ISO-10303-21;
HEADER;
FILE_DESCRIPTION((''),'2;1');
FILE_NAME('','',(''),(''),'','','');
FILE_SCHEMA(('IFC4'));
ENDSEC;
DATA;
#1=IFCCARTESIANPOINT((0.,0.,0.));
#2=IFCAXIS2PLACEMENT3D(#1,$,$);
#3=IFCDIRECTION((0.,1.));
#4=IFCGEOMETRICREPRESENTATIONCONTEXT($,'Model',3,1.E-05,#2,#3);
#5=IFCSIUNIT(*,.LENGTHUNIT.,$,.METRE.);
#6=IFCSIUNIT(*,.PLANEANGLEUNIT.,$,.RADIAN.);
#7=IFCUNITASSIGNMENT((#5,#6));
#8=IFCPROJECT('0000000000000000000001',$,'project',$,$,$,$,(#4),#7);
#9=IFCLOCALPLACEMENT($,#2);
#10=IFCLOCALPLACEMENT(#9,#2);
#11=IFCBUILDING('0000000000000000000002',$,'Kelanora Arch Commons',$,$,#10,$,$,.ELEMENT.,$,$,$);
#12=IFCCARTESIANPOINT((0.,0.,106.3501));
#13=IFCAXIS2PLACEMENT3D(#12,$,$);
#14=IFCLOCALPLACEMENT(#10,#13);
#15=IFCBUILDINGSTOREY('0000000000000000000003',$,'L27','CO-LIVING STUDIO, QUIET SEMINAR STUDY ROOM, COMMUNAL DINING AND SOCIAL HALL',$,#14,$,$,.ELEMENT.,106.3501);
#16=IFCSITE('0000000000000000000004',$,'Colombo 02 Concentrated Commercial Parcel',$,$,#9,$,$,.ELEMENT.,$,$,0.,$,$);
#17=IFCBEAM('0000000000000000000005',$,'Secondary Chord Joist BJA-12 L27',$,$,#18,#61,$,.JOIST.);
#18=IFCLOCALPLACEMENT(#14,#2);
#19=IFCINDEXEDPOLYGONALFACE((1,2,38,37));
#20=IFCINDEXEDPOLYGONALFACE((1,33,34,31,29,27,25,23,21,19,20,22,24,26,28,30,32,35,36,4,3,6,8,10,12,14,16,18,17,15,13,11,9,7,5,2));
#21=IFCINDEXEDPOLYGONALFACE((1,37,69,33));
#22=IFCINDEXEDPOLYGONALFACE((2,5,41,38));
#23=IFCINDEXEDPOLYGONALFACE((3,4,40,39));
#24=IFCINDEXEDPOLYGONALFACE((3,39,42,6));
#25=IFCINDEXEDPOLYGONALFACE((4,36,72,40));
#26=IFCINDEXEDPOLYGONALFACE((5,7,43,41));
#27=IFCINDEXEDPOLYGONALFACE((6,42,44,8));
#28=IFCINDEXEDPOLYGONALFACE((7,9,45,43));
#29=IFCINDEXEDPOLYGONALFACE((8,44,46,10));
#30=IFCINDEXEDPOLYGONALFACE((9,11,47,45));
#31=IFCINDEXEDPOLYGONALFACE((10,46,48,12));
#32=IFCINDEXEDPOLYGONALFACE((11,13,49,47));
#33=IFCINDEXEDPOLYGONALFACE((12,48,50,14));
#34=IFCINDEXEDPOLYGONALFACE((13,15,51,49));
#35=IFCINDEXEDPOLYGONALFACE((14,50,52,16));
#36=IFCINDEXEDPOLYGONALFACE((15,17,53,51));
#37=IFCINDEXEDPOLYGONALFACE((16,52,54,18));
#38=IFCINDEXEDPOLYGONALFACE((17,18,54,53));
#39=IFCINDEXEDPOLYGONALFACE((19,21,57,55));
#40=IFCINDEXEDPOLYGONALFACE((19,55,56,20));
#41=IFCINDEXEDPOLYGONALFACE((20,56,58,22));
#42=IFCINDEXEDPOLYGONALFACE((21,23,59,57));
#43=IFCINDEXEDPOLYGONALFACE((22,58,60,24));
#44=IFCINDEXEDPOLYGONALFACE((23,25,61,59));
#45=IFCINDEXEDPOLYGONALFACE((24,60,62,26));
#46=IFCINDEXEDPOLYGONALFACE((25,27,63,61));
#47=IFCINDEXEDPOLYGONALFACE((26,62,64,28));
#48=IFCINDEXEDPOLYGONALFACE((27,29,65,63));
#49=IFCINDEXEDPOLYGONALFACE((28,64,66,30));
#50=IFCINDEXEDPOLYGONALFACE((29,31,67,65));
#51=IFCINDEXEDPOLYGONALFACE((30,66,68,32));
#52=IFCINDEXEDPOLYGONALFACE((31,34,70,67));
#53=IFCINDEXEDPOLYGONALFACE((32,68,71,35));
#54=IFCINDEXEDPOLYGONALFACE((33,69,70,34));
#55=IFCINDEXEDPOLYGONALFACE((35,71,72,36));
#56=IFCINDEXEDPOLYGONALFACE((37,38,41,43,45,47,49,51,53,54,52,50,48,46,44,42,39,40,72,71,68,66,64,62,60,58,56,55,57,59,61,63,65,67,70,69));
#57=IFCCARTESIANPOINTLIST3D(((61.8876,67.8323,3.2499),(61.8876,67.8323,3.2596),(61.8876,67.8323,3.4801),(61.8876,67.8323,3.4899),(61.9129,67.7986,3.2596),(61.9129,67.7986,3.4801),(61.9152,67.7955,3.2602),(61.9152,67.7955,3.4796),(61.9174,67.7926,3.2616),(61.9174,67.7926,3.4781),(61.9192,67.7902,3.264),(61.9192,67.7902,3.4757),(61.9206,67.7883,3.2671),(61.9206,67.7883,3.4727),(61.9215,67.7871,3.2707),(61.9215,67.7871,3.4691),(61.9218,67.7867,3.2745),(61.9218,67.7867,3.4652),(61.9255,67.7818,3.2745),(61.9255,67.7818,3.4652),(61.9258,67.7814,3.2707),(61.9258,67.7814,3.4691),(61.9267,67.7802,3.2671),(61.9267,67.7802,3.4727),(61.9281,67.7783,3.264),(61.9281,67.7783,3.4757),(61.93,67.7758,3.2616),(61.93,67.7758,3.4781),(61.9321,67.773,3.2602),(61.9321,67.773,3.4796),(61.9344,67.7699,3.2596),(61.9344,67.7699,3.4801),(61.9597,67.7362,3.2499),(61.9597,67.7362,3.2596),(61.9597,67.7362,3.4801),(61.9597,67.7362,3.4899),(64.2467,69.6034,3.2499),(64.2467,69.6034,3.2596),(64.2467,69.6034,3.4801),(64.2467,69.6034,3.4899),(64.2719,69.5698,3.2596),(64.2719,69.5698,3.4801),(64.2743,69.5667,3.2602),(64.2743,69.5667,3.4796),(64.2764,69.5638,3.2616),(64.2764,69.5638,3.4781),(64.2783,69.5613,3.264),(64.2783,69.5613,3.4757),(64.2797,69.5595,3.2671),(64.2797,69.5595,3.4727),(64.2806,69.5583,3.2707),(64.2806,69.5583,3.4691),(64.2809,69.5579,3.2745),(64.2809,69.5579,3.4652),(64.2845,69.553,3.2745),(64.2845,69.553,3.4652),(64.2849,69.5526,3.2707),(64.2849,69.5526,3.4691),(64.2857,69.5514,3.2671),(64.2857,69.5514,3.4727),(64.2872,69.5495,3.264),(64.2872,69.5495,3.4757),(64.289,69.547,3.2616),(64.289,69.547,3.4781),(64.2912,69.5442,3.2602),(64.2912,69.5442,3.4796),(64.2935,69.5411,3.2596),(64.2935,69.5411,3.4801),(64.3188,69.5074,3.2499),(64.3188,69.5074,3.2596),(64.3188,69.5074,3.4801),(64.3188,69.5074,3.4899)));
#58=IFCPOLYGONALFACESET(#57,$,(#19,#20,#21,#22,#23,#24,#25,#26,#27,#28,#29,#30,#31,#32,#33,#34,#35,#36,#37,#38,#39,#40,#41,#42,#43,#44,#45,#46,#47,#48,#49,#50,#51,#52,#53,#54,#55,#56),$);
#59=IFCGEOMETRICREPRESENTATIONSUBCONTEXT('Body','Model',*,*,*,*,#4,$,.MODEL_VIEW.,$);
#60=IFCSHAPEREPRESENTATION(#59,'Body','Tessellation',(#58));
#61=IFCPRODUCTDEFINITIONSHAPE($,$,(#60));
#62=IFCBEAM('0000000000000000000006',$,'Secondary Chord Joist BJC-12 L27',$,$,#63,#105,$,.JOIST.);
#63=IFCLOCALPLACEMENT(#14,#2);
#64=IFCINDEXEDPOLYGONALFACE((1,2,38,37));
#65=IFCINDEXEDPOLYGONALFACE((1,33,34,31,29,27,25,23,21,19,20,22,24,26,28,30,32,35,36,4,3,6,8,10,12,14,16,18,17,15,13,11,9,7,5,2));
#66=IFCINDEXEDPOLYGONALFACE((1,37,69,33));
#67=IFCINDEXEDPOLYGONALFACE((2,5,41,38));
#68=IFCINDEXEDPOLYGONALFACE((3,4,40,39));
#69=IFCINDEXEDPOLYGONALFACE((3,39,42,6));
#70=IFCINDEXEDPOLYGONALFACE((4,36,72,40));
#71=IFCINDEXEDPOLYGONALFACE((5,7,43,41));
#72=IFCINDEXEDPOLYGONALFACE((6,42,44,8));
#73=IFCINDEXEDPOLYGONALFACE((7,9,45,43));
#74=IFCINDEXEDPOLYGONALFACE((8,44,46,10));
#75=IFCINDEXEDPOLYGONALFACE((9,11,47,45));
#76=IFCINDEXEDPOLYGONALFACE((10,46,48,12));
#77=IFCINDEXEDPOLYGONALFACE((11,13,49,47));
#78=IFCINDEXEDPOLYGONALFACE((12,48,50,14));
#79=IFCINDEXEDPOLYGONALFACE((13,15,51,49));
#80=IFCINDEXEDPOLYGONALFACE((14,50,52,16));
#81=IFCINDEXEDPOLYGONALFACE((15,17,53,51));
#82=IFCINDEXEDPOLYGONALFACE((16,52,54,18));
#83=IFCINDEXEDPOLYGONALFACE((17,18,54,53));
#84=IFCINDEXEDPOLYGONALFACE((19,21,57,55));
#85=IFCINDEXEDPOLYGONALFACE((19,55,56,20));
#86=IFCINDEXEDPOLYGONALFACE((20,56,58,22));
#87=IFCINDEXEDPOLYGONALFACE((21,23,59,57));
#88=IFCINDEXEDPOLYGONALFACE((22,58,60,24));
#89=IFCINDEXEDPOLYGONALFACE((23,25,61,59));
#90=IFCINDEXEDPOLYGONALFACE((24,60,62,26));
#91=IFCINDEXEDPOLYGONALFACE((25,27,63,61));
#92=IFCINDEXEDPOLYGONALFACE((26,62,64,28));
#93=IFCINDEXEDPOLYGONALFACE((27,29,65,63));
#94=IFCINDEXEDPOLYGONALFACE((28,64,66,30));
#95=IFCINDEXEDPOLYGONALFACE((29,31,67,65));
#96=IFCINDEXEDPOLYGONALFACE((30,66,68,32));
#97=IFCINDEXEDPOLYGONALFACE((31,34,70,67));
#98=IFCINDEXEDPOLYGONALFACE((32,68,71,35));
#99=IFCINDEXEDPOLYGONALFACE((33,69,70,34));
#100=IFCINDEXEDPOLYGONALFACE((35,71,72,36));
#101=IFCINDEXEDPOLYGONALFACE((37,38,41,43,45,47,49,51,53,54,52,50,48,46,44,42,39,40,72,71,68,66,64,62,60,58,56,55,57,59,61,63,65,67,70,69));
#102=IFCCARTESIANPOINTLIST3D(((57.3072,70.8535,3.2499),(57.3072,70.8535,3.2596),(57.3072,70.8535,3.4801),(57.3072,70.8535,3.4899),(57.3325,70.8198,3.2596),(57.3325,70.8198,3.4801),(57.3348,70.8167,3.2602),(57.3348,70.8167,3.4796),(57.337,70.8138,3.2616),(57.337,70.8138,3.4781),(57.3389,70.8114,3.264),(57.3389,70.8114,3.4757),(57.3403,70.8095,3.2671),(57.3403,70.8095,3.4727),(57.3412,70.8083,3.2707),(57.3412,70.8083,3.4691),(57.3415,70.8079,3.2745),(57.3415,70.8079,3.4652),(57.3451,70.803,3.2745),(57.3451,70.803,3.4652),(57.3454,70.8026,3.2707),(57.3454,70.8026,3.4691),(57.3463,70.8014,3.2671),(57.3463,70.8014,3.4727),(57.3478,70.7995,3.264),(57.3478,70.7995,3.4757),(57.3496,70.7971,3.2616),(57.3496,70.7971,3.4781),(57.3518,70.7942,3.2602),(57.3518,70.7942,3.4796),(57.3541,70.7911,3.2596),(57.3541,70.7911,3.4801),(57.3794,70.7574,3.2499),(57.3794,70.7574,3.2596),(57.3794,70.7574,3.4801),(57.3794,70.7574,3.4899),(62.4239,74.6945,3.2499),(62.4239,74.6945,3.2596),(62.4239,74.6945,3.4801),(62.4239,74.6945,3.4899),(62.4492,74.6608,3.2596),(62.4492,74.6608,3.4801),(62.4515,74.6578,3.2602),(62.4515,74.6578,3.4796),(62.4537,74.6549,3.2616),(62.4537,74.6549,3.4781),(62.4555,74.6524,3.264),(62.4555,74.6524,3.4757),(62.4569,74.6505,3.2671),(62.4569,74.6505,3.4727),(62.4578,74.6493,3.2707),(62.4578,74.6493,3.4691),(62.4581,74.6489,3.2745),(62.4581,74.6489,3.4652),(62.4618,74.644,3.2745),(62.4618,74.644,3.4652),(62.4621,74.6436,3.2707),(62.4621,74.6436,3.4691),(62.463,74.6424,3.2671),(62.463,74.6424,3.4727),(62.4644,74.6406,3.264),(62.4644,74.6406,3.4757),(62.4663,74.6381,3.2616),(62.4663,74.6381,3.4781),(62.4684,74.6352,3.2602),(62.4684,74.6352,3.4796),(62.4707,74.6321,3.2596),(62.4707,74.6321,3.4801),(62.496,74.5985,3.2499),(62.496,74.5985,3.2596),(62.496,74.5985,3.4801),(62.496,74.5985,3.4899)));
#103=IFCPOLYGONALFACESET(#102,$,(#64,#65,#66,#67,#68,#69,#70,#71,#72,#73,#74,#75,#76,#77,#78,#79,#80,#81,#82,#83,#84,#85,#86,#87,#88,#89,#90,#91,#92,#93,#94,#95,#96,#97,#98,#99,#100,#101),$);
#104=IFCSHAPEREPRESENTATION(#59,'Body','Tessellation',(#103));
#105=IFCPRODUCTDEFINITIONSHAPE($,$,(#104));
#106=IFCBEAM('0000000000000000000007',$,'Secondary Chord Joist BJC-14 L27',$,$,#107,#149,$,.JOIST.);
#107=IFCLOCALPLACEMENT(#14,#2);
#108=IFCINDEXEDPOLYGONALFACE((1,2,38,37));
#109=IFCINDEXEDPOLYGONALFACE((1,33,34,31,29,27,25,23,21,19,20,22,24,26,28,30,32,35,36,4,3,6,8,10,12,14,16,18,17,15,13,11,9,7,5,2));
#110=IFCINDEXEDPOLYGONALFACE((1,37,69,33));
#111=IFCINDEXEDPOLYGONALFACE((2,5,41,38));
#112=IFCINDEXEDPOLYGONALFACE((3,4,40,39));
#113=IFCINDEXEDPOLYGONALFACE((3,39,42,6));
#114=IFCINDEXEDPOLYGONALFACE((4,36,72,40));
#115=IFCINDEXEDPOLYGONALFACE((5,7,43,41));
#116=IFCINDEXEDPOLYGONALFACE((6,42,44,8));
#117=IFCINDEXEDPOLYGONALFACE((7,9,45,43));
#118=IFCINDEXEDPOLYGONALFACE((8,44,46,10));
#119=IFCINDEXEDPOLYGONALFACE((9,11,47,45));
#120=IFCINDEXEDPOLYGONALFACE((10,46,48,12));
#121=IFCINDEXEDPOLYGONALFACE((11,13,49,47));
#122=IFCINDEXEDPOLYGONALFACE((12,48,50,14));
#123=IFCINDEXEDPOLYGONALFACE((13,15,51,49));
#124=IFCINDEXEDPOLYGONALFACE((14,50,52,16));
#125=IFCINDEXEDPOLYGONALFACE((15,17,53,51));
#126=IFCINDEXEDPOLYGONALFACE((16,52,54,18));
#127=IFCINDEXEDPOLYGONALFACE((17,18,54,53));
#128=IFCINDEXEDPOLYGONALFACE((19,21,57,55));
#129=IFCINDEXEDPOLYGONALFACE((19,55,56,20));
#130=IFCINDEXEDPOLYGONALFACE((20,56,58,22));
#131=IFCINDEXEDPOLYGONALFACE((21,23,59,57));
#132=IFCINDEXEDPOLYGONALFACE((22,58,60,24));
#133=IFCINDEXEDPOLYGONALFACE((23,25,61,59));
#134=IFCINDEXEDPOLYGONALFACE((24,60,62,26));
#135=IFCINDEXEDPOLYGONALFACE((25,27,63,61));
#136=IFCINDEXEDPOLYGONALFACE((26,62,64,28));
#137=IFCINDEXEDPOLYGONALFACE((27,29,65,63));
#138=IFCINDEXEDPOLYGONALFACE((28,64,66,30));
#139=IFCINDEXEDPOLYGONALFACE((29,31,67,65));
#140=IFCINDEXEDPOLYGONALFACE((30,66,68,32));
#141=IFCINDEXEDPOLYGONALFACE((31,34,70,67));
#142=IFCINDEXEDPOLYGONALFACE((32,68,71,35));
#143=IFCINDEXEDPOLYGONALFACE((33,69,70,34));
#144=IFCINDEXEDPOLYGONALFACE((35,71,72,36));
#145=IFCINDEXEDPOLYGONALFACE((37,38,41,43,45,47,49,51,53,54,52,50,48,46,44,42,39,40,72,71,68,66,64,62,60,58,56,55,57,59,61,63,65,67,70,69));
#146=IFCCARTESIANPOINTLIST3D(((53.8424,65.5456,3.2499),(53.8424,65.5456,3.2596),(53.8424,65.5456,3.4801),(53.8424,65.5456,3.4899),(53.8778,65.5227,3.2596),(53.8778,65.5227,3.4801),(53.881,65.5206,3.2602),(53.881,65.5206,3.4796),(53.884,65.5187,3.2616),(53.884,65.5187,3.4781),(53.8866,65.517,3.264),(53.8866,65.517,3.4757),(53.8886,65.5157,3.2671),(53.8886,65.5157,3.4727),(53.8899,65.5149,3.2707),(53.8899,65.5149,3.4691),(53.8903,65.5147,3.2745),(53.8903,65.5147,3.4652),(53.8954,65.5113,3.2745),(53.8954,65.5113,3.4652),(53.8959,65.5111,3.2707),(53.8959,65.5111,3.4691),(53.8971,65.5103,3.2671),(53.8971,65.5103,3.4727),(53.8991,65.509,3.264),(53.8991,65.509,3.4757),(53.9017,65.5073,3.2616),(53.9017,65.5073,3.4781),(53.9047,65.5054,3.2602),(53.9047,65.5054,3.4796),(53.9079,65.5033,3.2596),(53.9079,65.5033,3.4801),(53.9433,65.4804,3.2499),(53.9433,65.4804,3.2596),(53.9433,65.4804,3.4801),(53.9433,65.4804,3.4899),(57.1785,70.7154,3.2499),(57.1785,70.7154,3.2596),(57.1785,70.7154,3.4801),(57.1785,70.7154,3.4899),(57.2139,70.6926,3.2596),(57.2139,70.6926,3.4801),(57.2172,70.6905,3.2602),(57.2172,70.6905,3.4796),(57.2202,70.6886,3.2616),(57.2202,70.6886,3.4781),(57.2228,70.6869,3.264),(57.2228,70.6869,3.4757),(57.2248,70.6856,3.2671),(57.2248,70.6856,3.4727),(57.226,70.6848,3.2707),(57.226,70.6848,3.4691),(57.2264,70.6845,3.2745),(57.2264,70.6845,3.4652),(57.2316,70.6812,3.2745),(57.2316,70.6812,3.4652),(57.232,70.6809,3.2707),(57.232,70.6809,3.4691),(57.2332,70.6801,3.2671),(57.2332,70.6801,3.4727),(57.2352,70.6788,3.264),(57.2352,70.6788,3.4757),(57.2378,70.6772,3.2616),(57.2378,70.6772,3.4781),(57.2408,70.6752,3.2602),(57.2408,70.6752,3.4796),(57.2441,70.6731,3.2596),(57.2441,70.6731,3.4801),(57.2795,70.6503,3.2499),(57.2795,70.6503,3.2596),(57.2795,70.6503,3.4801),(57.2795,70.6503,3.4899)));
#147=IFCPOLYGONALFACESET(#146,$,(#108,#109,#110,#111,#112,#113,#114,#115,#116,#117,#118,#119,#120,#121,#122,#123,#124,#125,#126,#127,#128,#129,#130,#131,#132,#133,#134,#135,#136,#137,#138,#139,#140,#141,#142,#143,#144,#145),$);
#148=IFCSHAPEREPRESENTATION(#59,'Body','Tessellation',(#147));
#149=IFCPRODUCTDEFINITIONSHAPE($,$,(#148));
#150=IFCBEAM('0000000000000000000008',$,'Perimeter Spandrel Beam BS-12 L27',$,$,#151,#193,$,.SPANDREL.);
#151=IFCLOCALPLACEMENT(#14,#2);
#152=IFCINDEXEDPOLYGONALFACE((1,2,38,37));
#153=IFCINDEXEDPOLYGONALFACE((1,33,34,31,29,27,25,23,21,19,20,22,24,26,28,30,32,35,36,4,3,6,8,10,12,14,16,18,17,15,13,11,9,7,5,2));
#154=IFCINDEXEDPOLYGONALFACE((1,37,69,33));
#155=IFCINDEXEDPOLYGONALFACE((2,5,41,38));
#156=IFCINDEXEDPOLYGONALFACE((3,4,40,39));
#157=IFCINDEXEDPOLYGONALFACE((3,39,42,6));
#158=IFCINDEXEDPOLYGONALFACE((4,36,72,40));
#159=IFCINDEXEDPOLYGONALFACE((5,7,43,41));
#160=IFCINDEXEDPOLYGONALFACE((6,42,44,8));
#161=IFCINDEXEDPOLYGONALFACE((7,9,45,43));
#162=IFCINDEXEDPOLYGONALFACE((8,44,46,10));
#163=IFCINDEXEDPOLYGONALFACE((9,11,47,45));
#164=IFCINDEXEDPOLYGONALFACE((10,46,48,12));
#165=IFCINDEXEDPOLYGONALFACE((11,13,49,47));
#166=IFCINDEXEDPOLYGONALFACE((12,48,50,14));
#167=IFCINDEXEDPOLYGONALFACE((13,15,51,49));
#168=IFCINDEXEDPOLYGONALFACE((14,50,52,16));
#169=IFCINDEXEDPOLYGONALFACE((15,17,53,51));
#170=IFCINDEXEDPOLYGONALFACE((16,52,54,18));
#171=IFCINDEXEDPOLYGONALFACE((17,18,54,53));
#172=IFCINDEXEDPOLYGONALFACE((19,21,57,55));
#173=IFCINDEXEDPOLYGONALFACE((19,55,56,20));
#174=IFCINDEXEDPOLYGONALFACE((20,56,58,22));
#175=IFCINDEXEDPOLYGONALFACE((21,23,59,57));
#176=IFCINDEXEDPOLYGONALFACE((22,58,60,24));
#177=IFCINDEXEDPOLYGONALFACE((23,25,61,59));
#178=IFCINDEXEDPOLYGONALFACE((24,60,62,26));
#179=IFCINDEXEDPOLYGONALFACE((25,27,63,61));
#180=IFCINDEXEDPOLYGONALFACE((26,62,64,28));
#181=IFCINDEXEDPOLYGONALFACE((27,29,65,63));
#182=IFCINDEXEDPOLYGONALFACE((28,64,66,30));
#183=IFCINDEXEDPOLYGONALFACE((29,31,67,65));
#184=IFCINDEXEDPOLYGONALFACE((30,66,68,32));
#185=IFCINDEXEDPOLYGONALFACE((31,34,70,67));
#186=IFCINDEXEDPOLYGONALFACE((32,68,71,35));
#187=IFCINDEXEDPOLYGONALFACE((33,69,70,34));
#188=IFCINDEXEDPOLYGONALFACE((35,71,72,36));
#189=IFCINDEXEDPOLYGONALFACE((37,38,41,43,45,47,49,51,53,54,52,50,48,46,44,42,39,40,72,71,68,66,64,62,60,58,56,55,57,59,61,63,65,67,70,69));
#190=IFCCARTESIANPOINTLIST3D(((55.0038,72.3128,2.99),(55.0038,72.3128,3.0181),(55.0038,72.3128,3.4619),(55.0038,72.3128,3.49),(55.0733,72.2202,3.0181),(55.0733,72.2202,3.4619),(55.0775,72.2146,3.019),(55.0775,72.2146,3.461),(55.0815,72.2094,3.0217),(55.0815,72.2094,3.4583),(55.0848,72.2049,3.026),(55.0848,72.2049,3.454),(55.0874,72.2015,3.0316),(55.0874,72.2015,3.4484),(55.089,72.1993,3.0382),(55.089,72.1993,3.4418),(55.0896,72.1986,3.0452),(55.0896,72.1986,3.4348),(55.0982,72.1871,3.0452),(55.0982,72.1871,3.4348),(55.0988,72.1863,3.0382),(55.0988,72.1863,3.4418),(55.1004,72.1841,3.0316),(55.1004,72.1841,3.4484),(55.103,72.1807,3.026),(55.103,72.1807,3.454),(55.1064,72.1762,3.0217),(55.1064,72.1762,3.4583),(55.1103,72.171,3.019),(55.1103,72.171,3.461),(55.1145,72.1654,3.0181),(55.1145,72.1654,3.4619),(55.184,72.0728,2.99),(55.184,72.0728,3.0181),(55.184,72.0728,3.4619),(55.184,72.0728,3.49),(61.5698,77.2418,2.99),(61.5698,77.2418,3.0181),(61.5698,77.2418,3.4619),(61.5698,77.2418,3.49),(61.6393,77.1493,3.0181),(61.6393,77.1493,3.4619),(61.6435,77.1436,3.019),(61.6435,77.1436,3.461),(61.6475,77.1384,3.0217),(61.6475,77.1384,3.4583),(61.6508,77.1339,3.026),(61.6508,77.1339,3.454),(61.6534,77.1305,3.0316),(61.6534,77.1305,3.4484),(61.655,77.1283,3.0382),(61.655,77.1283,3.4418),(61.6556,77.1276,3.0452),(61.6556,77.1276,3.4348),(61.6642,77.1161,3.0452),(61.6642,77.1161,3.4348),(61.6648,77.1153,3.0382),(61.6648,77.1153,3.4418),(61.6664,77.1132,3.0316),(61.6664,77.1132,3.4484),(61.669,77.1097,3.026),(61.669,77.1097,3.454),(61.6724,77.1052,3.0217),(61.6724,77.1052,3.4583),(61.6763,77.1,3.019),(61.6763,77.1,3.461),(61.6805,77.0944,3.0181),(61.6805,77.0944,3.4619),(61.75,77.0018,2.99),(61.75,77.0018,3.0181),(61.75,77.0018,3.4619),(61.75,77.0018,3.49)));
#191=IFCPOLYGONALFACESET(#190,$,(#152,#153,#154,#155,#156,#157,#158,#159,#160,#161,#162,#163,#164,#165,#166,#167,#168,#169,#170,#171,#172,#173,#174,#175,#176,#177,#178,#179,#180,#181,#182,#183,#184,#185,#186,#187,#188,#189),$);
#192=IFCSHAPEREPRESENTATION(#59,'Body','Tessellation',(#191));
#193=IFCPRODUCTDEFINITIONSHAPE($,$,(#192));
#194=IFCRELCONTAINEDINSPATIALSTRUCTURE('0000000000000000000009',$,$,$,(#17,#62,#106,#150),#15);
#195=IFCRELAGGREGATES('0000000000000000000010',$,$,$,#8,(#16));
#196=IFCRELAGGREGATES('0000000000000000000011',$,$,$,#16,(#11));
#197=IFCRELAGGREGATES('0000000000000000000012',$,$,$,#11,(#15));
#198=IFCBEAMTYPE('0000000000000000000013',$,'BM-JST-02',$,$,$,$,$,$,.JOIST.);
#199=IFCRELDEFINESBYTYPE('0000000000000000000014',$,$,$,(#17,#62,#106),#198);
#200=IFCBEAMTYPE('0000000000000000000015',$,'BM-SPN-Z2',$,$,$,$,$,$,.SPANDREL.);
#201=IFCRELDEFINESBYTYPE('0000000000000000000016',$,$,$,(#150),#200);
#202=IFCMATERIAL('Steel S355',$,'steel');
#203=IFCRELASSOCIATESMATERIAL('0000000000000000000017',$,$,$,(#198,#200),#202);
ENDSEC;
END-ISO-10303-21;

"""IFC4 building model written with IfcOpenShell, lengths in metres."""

from ifc_helpers import new_model, si_unit, direction, frame, origin, origin_2d, place, context, subcontext, project, spatial, i_section, extrude, material, material_profile, profile_set, type_object, element, save


model = new_model("IFC4")

# Units and contexts
model_context = context("Model", 3, precision=1e-05, world=origin(), true_north=direction((0.0, 1.0)))
body_context = subcontext(model_context, "Body", "Model", "MODEL_VIEW")
ifc_project = project(units=[si_unit("LENGTHUNIT", "METRE"), si_unit("PLANEANGLEUNIT", "RADIAN")], contexts=[model_context])

# Site, building, storey
site_placement = place(None, origin())
site = spatial("IfcSite", under=ifc_project, at=site_placement, Name="Colombo 02 Concentrated Commercial Parcel", CompositionType="ELEMENT", RefElevation=0.0)
building_placement = place(site_placement, origin())
building = spatial("IfcBuilding", under=site, at=building_placement, Name="Kelanora Arch Commons", CompositionType="ELEMENT")
storey_placement = place(building_placement, frame((0.0, 0.0, 106.3501)))
storey = spatial("IfcBuildingStorey", under=building, at=storey_placement, Name="L27", Description="CO-LIVING STUDIO, QUIET SEMINAR STUDY ROOM, COMMUNAL DINING AND SOCIAL HALL", CompositionType="ELEMENT", Elevation=106.3501)

# Beams
ifc_material_1 = material(Name="Steel S355", Category="steel")
ifc_material_profile_1 = material_profile(ifc_material_1, i_section(OverallWidth=0.1201, OverallDepth=0.24, WebThickness=0.0061, FlangeThickness=0.0098, FilletRadius=0.0149, at=origin_2d()), Name="IPE240")
ifc_profile_set_1 = profile_set([ifc_material_profile_1], Name="Steel S355")
beam_type_1 = type_object("IfcBeamType", Name="BM-JST-02", PredefinedType="JOIST", material=ifc_profile_set_1)
beam_1_placement = place(storey_placement, frame((64.2827, 69.5554, 3.3699), z_axis=(-0.799692, -0.60041, 0.0), x_axis=(0.60041, -0.799692, 0.0)))
element("IfcBeam", 1, at=beam_1_placement, inside=storey, type_object=beam_type_1, Name="Secondary Chord Joist BJA-12 L27", PredefinedType="JOIST", context=body_context, shape_type="SweptSolid", body=[
    extrude(i_section(OverallWidth=0.1201, OverallDepth=0.24, WebThickness=0.0061, FlangeThickness=0.0098, FilletRadius=0.0149, at=origin_2d()), origin(), (0.0, 0.0, 1.0), 2.95),
])
beam_2_placement = place(storey_placement, frame((62.46, 74.6465, 3.3699), z_axis=(-0.799734, -0.600354, 0.0), x_axis=(0.600354, -0.799734, 0.0)))
element("IfcBeam", 2, at=beam_2_placement, inside=storey, type_object=beam_type_1, Name="Secondary Chord Joist BJC-12 L27", PredefinedType="JOIST", context=body_context, shape_type="SweptSolid", body=[
    extrude(i_section(OverallWidth=0.1201, OverallDepth=0.24, WebThickness=0.0061, FlangeThickness=0.0098, FilletRadius=0.0149, at=origin_2d()), origin(), (0.0, 0.0, 1.0), 6.3979),
])
beam_3_placement = place(storey_placement, frame((57.229, 70.6829, 3.3699), z_axis=(-0.542213, -0.840241, 0.0), x_axis=(0.840241, -0.542213, 0.0)))
element("IfcBeam", 3, at=beam_3_placement, inside=storey, type_object=beam_type_1, Name="Secondary Chord Joist BJC-14 L27", PredefinedType="JOIST", context=body_context, shape_type="SweptSolid", body=[
    extrude(i_section(OverallWidth=0.1201, OverallDepth=0.24, WebThickness=0.0061, FlangeThickness=0.0098, FilletRadius=0.0149, at=origin_2d()), origin(), (0.0, 0.0, 1.0), 6.1528),
])
ifc_material_profile_2 = material_profile(ifc_material_1, i_section(OverallWidth=0.3, OverallDepth=0.5, WebThickness=0.0144, FlangeThickness=0.0281, FilletRadius=0.0271, at=origin_2d()), Name="HEB500")
ifc_profile_set_2 = profile_set([ifc_material_profile_2], Name="Steel S355")
beam_type_2 = type_object("IfcBeamType", Name="BM-SPN-Z2", PredefinedType="SPANDREL", material=ifc_profile_set_2)
beam_4_placement = place(storey_placement, frame((61.6599, 77.1218, 3.24), z_axis=(-0.799736, -0.600352, 0.0), x_axis=(0.600352, -0.799736, 0.0)))
element("IfcBeam", 4, at=beam_4_placement, inside=storey, type_object=beam_type_2, Name="Perimeter Spandrel Beam BS-12 L27", PredefinedType="SPANDREL", context=body_context, shape_type="SweptSolid", body=[
    extrude(i_section(OverallWidth=0.3, OverallDepth=0.5, WebThickness=0.0144, FlangeThickness=0.0281, FilletRadius=0.0271, at=origin_2d()), origin(), (0.0, 0.0, 1.0), 8.2102),
])

save(model, "model.ifc")
